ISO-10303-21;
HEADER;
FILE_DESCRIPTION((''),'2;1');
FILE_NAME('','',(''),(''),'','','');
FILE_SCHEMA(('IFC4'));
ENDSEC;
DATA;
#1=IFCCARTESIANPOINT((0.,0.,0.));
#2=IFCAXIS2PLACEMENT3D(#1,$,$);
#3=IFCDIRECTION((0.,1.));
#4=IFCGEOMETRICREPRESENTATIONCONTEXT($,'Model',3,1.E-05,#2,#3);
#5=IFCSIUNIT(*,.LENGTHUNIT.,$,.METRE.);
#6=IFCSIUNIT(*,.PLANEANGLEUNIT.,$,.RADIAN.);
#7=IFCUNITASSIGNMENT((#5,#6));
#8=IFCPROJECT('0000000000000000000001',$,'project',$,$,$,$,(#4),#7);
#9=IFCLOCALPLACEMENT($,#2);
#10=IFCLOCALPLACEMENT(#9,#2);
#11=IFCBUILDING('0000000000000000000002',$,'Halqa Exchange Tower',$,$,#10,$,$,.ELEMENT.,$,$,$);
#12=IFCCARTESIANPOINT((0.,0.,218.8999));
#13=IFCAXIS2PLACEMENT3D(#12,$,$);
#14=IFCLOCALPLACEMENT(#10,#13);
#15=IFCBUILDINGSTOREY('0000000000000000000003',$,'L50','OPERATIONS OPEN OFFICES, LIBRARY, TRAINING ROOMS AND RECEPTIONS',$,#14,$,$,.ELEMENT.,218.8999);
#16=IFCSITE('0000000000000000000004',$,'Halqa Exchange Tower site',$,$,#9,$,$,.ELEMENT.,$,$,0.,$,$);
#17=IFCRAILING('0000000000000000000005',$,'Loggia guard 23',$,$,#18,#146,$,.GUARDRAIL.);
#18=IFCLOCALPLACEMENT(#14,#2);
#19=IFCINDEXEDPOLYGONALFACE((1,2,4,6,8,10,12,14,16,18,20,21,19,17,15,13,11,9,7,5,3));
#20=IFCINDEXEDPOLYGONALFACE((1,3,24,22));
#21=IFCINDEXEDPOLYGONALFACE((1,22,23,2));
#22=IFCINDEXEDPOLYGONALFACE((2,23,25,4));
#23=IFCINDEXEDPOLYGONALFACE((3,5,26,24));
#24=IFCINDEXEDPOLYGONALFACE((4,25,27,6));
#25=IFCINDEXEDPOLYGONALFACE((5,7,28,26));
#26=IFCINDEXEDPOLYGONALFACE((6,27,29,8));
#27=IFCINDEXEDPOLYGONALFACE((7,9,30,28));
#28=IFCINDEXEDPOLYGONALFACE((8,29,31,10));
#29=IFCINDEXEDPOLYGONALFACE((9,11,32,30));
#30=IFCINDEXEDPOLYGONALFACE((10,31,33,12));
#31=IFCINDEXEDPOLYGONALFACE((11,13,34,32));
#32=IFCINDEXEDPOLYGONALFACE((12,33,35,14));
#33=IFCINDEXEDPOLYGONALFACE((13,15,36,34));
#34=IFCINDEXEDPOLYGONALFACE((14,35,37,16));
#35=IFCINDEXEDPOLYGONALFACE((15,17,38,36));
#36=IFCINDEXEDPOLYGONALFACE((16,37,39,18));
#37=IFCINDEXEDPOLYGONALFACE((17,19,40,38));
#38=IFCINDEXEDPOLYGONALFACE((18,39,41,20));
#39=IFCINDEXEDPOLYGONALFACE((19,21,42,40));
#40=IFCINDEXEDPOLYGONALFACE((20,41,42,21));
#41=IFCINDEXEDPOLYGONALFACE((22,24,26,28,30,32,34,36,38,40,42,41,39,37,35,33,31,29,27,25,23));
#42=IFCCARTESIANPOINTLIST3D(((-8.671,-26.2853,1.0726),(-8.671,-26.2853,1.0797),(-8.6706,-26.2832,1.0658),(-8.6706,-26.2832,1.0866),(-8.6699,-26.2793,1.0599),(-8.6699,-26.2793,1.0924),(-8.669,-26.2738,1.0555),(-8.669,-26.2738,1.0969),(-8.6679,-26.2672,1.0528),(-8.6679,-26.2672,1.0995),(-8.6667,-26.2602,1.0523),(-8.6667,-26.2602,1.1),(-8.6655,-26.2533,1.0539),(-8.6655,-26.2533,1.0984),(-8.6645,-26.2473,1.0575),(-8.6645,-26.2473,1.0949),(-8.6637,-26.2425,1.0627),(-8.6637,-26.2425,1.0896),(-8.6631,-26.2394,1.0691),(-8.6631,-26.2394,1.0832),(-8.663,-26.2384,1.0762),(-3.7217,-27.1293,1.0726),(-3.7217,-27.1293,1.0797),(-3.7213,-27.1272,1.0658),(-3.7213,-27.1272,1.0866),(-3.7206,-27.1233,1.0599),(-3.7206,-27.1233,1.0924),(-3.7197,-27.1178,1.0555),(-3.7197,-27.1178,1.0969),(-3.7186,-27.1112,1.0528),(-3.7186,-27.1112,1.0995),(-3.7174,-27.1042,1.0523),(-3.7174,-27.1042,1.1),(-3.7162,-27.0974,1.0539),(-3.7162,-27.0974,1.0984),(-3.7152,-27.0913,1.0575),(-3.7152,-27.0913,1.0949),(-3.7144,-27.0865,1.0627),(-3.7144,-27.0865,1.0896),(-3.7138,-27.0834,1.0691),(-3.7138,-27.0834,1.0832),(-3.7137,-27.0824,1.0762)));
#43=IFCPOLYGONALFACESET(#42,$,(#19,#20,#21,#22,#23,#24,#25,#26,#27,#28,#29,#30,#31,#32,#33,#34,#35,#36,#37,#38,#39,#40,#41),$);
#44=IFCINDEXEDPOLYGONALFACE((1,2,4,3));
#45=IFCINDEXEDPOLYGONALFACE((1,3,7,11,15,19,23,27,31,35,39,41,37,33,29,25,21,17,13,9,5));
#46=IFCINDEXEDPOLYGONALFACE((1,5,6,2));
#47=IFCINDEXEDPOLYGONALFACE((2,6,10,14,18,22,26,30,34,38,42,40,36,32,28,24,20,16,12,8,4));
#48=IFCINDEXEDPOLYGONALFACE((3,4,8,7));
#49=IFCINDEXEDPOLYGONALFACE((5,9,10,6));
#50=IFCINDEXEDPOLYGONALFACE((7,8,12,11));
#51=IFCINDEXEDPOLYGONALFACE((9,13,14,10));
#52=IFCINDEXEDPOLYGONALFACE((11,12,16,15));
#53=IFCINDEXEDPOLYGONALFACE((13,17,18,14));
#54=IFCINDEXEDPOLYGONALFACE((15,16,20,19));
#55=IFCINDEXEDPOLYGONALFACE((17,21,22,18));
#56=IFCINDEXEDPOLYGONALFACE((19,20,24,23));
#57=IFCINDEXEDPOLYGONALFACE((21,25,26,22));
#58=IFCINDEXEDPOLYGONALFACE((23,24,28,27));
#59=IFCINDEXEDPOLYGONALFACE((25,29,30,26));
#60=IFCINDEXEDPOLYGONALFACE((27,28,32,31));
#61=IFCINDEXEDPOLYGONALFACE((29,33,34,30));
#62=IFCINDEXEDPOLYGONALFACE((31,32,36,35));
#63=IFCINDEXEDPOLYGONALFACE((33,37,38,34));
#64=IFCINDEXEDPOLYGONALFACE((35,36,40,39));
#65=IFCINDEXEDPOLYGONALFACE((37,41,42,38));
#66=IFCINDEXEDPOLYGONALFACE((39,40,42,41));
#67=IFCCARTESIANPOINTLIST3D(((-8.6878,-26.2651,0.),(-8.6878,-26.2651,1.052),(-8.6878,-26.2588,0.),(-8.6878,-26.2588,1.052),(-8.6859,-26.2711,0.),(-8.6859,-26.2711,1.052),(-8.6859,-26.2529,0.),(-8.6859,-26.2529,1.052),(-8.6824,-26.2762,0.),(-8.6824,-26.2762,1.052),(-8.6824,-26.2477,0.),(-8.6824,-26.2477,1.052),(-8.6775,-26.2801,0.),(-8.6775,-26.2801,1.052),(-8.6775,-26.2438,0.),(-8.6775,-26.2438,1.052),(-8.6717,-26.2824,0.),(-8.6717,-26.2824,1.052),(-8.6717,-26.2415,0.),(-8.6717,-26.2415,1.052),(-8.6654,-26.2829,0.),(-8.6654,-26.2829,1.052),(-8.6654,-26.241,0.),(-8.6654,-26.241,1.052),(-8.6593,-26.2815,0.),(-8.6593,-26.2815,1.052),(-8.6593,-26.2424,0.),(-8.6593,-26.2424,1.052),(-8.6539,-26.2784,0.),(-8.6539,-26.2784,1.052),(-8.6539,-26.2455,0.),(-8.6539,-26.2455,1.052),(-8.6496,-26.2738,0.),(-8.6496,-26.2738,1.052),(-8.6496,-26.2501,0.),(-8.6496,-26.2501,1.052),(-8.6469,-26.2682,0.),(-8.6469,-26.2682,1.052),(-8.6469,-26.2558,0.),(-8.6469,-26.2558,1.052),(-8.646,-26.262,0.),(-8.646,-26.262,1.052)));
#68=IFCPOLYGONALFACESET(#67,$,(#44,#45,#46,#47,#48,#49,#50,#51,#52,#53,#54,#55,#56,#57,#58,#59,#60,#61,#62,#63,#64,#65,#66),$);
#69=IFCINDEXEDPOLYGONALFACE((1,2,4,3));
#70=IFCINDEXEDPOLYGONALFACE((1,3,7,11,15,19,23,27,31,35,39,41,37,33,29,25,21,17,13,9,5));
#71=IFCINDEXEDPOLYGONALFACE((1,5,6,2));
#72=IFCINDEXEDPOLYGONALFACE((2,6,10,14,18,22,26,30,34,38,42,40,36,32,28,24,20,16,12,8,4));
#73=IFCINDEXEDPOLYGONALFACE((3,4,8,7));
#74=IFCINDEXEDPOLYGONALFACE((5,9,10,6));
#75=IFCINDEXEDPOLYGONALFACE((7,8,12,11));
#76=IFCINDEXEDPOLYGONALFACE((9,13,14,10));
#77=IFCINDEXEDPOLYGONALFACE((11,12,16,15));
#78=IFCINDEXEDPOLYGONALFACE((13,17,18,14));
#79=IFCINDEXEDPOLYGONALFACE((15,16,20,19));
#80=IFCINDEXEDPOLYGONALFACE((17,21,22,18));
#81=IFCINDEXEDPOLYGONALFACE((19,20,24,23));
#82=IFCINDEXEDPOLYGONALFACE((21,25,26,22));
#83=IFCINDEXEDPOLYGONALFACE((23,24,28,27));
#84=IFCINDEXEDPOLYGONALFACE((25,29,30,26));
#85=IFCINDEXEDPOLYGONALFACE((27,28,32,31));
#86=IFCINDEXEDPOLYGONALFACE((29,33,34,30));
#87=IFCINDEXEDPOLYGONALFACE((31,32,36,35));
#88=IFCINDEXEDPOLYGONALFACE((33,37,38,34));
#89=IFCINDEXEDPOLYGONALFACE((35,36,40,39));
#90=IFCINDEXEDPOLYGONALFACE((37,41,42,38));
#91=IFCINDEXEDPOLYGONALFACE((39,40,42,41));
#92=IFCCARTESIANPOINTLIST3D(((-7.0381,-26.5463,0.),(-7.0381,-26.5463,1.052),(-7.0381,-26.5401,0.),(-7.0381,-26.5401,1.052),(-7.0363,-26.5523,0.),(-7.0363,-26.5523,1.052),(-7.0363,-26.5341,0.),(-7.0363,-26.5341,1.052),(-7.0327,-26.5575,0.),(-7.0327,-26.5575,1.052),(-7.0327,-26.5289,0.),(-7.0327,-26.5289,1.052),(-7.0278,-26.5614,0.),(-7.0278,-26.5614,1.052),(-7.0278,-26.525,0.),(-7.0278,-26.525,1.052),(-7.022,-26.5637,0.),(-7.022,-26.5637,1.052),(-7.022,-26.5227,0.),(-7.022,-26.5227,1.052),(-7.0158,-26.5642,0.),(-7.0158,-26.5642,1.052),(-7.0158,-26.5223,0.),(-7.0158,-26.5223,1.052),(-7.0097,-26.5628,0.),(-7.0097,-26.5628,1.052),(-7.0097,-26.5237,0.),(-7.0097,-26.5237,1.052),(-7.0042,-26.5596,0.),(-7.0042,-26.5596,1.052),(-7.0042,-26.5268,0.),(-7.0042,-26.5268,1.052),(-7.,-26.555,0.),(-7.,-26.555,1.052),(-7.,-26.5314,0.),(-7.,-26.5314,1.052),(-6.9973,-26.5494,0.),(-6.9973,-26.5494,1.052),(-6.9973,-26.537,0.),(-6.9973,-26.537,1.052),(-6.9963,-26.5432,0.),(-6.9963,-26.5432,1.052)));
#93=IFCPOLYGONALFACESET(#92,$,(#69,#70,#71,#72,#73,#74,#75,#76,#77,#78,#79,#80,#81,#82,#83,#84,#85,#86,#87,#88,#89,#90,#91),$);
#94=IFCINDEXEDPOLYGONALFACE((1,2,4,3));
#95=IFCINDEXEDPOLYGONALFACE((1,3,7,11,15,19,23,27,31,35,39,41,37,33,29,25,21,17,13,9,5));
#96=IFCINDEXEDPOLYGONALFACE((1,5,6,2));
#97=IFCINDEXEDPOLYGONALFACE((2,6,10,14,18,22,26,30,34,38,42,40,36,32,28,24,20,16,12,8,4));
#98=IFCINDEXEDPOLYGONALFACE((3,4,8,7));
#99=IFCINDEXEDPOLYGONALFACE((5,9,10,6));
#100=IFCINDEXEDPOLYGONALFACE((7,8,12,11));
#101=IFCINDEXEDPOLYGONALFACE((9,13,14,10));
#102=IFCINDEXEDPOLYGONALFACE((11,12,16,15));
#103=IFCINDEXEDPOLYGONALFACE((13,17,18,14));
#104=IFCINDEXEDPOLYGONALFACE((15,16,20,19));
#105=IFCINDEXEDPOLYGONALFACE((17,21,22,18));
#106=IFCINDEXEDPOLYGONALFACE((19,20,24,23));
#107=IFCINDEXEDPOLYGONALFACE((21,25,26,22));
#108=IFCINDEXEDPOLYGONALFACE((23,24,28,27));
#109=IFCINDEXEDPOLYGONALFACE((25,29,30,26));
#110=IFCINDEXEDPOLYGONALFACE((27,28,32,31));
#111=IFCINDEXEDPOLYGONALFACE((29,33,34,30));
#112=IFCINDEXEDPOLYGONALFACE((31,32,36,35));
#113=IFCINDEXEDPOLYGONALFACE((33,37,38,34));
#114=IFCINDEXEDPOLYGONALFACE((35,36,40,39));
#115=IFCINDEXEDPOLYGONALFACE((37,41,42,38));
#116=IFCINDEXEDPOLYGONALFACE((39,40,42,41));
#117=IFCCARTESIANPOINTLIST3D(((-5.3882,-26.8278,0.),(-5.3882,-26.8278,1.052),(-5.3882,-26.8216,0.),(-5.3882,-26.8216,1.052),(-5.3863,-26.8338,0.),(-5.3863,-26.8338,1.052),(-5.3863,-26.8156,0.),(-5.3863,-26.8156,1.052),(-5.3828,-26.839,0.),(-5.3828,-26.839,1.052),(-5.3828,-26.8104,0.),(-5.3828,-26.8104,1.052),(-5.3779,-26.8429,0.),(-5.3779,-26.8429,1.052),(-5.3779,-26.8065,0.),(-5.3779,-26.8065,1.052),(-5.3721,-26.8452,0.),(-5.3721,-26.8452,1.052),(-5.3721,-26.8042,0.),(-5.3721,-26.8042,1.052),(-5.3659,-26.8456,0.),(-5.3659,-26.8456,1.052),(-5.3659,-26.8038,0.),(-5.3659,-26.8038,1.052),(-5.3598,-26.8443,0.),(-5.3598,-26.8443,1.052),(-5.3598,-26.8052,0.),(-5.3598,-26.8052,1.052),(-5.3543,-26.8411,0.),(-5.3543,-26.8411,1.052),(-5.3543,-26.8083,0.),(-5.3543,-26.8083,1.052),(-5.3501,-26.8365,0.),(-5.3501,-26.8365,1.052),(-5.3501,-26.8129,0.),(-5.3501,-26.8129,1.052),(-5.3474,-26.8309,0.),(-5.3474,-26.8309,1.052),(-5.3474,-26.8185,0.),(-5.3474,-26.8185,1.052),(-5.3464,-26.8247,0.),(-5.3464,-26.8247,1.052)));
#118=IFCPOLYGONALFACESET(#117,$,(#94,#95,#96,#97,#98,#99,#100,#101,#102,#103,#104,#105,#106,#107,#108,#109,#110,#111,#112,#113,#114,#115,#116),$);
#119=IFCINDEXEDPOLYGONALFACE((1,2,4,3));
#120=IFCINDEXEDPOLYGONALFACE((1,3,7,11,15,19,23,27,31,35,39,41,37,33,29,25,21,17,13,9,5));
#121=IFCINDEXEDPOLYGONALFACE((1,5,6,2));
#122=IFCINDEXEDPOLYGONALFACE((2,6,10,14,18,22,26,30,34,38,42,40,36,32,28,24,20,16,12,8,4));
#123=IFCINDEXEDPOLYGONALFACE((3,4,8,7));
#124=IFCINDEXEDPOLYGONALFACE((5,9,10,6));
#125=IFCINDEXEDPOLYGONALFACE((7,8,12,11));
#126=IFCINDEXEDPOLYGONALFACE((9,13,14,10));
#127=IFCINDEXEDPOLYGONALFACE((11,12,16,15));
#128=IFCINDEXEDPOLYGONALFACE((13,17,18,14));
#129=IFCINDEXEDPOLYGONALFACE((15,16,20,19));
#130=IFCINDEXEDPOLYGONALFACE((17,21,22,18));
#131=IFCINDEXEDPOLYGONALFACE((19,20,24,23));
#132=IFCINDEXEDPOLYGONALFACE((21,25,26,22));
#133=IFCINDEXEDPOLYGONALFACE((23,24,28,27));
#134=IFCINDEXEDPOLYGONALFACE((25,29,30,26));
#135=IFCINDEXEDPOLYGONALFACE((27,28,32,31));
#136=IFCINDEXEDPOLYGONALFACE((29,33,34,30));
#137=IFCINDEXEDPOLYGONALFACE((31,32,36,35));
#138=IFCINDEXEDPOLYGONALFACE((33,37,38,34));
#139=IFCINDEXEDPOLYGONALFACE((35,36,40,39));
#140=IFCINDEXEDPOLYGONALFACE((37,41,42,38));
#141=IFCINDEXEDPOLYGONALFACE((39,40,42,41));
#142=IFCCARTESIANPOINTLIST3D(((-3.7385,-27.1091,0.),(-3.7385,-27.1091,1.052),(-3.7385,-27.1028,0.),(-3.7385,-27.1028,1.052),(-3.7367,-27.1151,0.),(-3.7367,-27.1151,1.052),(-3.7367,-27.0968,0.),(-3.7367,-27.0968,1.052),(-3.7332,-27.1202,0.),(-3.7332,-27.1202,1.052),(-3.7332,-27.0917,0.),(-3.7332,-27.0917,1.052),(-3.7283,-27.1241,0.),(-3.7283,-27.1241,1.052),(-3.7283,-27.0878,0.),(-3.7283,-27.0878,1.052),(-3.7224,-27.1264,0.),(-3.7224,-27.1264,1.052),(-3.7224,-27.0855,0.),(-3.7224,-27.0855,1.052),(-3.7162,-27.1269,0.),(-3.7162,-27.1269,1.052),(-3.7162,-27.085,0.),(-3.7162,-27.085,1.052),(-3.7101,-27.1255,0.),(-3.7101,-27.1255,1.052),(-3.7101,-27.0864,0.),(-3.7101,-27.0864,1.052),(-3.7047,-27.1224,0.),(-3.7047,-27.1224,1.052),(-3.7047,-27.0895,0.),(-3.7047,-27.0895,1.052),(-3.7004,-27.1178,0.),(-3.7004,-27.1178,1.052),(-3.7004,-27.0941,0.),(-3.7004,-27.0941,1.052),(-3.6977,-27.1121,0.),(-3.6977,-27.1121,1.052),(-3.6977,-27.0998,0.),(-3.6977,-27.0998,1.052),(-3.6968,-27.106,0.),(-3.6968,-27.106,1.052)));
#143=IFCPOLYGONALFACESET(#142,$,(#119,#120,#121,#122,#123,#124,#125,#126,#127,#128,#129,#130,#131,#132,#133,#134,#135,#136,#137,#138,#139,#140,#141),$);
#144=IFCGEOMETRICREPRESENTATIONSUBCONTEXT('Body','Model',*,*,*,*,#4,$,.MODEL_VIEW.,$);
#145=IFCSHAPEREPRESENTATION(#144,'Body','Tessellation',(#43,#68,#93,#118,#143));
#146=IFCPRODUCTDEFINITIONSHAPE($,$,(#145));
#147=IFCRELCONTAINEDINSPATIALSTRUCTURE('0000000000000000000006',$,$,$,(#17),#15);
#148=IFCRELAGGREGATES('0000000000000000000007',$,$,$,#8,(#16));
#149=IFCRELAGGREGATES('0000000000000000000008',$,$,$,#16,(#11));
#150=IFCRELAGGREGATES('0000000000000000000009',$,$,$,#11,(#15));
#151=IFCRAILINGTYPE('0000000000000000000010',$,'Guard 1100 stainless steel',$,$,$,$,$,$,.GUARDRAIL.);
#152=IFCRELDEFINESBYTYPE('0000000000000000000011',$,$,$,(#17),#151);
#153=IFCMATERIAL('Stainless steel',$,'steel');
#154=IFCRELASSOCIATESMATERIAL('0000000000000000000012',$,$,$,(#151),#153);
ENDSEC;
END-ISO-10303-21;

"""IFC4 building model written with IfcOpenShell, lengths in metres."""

from ifc_helpers import new_model, si_unit, direction, frame, origin, origin_2d, place, context, subcontext, project, spatial, circle, extrude, material, type_object, element, save


model = new_model("IFC4")

# Units and contexts
model_context = context("Model", 3, precision=1e-05, world=origin(), true_north=direction((0.0, 1.0)))
body_context = subcontext(model_context, "Body", "Model", "MODEL_VIEW")
ifc_project = project(units=[si_unit("LENGTHUNIT", "METRE"), si_unit("PLANEANGLEUNIT", "RADIAN")], contexts=[model_context])

# Site, building, storey
site_placement = place(None, origin())
site = spatial("IfcSite", under=ifc_project, at=site_placement, Name="Halqa Exchange Tower site", CompositionType="ELEMENT", RefElevation=0.0)
building_placement = place(site_placement, origin())
building = spatial("IfcBuilding", under=site, at=building_placement, Name="Halqa Exchange Tower", CompositionType="ELEMENT")
storey_placement = place(building_placement, frame((0.0, 0.0, 218.8999)))
storey = spatial("IfcBuildingStorey", under=building, at=storey_placement, Name="L50", Description="OPERATIONS OPEN OFFICES, LIBRARY, TRAINING ROOMS AND RECEPTIONS", CompositionType="ELEMENT", Elevation=218.8999)

# Railing
ifc_material_1 = material(Name="Stainless steel", Category="steel")
railing_type = type_object("IfcRailingType", Name="Guard 1100 stainless steel", PredefinedType="GUARDRAIL", material=ifc_material_1)
railing_1_placement = place(storey_placement, frame((-8.667, -26.262, 0.0)))
element("IfcRailing", 1, at=railing_1_placement, inside=storey, type_object=railing_type, Name="Loggia guard 23", PredefinedType="GUARDRAIL", context=body_context, shape_type="SweptSolid", body=[
    extrude(circle(Radius=0.0239, at=origin_2d()), frame((0.0, 0.0, 1.0762), z_axis=(0.985769, -0.168104, 0.0), x_axis=(0.168104, 0.985769, 0.0)), (0.0, 0.0, 1.0), 5.0208),
    extrude(circle(Radius=0.021, at=origin_2d()), origin(), (0.0, 0.0, 1.0), 1.052),
    extrude(circle(Radius=0.021, at=origin_2d()), frame((1.6497, -0.2812, 0.0)), (0.0, 0.0, 1.0), 1.052),
    extrude(circle(Radius=0.021, at=origin_2d()), frame((3.2996, -0.5627, 0.0)), (0.0, 0.0, 1.0), 1.052),
    extrude(circle(Radius=0.021, at=origin_2d()), frame((4.9492, -0.844, 0.0)), (0.0, 0.0, 1.0), 1.052),
])

save(model, "model.ifc")
